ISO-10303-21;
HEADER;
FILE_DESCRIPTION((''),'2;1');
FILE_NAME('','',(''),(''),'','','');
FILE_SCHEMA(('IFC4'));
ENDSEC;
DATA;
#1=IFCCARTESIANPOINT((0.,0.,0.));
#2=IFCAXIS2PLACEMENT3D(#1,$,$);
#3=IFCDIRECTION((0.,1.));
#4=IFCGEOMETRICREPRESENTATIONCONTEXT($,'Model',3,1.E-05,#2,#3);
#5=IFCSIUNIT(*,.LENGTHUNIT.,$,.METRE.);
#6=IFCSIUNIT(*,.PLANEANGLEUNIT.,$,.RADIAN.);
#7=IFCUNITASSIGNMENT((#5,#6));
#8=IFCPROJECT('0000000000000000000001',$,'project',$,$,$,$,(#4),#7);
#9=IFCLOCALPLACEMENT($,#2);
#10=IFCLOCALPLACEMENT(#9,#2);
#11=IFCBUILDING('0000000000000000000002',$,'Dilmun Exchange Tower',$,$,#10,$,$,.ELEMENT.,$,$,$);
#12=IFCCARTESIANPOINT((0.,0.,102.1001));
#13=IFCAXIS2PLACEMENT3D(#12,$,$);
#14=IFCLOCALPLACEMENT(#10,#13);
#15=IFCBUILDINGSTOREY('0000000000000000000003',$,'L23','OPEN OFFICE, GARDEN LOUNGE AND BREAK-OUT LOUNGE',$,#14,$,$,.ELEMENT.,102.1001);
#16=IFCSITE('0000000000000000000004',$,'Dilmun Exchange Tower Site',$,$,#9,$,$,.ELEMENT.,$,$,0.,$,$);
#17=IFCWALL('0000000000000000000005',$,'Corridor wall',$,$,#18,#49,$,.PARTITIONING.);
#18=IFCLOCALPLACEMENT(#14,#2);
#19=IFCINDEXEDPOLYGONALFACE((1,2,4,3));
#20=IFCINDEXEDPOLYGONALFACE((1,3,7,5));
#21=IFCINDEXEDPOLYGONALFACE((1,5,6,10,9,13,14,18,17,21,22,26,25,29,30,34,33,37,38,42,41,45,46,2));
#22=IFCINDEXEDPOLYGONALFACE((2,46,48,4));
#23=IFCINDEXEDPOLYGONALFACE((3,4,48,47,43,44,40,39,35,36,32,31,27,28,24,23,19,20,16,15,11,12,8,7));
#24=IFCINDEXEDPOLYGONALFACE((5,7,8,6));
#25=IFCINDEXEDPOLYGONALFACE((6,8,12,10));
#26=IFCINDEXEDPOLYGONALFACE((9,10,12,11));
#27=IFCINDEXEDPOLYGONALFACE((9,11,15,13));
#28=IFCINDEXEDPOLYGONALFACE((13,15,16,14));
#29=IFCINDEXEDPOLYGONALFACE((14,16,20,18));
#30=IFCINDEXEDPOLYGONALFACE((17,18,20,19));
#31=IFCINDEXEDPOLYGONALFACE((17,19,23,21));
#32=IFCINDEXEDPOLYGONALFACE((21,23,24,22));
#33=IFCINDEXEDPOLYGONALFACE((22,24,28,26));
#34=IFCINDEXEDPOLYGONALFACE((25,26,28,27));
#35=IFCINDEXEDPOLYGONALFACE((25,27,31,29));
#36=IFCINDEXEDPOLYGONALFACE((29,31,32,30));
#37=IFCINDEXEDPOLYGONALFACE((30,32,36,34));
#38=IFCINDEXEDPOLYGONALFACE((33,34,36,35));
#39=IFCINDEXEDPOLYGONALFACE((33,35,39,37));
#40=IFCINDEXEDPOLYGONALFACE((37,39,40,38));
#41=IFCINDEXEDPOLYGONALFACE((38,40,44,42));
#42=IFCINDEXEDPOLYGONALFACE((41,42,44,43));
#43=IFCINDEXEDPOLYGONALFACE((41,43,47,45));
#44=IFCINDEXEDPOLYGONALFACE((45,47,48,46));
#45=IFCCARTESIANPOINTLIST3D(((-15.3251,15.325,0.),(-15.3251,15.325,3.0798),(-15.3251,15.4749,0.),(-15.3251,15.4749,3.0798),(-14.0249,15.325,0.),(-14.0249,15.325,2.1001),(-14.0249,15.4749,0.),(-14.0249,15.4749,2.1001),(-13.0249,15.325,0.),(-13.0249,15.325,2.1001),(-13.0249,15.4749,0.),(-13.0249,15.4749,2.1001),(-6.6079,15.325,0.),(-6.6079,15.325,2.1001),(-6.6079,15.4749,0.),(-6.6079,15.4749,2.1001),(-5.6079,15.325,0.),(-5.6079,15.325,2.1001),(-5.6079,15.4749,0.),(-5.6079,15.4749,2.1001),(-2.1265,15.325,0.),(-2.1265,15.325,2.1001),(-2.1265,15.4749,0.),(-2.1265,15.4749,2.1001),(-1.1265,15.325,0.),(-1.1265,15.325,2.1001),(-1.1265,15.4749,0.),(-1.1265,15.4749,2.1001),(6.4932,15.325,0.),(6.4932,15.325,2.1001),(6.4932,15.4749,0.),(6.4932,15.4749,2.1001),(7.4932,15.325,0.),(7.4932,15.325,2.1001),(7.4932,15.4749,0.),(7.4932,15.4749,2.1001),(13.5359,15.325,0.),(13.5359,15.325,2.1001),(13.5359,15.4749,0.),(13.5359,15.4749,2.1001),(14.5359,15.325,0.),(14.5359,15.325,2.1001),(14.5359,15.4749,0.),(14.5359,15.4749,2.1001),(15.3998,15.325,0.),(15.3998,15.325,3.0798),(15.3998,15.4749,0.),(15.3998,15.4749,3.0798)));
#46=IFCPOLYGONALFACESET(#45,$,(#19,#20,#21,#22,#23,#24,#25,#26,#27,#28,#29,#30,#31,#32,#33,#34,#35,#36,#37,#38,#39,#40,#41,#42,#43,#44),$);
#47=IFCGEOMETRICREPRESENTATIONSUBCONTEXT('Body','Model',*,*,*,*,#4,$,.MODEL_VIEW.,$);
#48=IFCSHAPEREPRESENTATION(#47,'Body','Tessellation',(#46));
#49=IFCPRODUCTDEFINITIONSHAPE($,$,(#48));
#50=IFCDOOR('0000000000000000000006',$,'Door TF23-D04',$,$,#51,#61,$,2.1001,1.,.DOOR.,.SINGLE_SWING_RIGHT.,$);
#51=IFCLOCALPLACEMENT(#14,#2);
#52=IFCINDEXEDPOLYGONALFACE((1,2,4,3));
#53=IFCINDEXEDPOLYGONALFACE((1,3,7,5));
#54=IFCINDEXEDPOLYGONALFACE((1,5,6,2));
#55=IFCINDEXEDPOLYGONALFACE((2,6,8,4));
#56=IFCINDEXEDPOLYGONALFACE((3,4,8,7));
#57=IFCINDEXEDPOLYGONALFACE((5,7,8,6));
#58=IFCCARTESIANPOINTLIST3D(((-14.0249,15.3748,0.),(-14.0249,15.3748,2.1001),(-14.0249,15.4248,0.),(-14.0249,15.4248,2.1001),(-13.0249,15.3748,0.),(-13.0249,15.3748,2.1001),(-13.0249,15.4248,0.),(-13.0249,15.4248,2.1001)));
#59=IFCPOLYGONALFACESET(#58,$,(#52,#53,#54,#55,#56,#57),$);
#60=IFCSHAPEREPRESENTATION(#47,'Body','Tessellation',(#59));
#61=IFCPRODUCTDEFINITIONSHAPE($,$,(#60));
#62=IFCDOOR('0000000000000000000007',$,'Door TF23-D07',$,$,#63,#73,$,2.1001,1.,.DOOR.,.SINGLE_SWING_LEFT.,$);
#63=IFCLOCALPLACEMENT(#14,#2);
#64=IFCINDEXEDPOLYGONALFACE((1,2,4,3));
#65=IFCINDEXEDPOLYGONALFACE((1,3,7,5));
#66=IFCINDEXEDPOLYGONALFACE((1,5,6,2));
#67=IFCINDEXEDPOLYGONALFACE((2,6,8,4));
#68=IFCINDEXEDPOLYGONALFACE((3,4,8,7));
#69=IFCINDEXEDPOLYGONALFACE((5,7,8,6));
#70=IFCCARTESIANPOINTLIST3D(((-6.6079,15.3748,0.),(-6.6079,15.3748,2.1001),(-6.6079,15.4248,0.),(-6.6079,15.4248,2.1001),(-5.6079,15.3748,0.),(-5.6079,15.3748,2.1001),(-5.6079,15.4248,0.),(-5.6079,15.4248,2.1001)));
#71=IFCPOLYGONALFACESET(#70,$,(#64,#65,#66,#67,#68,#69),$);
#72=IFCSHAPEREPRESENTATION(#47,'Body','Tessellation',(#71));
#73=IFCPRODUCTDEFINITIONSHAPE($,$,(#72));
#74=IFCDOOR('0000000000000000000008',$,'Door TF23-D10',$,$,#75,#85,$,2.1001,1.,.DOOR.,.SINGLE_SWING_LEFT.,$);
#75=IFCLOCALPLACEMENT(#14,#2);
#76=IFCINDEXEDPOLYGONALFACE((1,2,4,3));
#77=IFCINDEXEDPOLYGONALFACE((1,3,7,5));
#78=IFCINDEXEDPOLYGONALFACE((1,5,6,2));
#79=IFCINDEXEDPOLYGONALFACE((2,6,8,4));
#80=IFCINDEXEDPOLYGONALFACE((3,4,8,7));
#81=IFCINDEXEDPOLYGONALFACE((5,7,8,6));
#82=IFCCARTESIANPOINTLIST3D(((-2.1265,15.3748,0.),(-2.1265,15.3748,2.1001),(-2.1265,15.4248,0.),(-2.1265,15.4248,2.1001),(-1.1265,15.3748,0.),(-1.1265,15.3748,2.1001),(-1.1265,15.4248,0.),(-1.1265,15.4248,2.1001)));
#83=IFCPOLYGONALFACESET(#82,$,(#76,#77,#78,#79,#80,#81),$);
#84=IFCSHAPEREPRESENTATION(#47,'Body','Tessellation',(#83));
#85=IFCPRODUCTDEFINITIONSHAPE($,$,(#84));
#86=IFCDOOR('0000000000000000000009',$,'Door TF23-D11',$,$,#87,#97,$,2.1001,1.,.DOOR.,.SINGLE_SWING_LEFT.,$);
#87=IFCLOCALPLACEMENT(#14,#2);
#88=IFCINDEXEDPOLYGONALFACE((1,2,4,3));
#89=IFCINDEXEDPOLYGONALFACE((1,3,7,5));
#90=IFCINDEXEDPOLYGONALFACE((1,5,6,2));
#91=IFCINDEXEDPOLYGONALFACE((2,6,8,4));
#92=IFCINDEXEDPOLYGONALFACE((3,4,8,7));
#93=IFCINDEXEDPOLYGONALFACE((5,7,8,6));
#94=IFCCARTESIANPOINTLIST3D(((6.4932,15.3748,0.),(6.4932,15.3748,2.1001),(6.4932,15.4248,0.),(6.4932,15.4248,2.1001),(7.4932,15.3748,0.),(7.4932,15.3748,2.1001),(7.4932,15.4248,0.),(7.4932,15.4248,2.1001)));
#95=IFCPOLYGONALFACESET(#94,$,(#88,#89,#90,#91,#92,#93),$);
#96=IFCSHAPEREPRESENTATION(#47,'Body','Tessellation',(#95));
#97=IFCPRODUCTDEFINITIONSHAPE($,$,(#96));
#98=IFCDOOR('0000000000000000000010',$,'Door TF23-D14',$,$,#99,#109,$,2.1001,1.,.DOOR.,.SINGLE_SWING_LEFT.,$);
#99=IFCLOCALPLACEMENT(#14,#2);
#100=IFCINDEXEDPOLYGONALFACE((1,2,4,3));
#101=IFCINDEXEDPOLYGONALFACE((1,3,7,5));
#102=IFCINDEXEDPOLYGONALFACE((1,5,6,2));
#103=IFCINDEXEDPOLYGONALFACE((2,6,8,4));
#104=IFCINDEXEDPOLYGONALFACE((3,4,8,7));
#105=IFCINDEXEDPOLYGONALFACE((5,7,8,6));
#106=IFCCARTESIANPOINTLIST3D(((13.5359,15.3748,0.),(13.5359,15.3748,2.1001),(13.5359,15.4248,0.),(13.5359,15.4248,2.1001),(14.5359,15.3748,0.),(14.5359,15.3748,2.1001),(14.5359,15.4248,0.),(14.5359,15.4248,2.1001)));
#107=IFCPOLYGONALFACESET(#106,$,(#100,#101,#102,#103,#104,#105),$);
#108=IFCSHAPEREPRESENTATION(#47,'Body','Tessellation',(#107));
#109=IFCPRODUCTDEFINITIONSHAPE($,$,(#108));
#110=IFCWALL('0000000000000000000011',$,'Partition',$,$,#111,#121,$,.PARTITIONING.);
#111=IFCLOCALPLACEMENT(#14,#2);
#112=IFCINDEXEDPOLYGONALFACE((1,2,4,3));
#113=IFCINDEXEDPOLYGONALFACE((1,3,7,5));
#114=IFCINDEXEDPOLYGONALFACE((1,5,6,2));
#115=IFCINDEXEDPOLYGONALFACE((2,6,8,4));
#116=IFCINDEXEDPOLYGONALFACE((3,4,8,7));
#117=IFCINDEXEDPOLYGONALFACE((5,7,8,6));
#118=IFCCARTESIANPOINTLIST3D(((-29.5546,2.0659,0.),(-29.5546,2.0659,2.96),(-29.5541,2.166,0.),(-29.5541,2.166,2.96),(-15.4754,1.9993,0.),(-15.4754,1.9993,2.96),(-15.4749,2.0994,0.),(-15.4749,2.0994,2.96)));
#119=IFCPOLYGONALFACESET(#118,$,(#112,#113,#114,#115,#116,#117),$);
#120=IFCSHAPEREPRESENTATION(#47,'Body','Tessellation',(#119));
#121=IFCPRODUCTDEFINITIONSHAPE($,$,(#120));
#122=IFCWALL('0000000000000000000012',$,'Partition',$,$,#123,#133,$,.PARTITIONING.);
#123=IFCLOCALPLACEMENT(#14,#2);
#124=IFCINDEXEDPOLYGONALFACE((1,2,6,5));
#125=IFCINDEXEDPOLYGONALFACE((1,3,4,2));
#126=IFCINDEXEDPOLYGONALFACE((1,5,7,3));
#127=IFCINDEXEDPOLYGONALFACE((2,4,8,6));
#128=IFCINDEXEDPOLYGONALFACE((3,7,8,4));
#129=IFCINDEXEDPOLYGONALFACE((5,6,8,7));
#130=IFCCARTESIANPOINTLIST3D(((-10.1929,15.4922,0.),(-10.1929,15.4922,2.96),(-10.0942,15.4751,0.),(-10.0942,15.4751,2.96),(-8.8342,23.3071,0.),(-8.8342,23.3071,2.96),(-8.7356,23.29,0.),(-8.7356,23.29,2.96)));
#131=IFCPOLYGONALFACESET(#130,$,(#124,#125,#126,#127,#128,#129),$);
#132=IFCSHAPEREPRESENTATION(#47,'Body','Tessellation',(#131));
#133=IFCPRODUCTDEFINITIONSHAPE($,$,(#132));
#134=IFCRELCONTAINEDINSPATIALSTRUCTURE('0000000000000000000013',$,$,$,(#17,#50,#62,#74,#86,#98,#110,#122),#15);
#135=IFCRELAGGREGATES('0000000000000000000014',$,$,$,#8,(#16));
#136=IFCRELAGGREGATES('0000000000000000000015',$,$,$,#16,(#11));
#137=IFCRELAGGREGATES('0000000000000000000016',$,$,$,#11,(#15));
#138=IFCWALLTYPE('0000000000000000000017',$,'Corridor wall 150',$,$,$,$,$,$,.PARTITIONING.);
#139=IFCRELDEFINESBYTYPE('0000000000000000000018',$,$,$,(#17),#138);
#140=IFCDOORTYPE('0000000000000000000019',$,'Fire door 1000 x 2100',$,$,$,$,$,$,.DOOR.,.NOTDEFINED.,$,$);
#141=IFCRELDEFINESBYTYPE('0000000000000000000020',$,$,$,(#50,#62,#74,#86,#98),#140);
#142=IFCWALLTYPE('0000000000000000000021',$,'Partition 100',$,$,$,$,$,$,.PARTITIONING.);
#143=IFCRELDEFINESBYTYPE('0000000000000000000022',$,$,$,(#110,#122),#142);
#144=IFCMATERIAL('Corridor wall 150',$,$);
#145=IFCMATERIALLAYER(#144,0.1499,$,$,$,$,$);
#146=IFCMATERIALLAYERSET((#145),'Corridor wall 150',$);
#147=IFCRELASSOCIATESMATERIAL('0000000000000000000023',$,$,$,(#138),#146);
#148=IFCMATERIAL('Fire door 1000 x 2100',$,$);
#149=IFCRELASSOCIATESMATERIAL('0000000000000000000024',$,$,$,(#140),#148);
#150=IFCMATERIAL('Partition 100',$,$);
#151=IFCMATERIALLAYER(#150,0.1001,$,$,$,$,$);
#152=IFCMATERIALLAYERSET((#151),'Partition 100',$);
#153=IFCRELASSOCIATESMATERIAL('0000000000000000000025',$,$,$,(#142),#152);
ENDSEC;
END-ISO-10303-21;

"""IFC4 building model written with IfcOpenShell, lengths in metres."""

from ifc_helpers import new_model, si_unit, direction, frame, frame_2d, origin, place, context, subcontext, project, spatial, rectangle, extrude, material, layer, layer_set, type_object, element, fill, save


model = new_model("IFC4")

# Units and contexts
model_context = context("Model", 3, precision=1e-05, world=origin(), true_north=direction((0.0, 1.0)))
body_context = subcontext(model_context, "Body", "Model", "MODEL_VIEW")
ifc_project = project(units=[si_unit("LENGTHUNIT", "METRE"), si_unit("PLANEANGLEUNIT", "RADIAN")], contexts=[model_context])

# Site, building, storey
site_placement = place(None, origin())
site = spatial("IfcSite", under=ifc_project, at=site_placement, Name="Dilmun Exchange Tower Site", CompositionType="ELEMENT", RefElevation=0.0)
building_placement = place(site_placement, origin())
building = spatial("IfcBuilding", under=site, at=building_placement, Name="Dilmun Exchange Tower", CompositionType="ELEMENT")
storey_placement = place(building_placement, frame((0.0, 0.0, 102.1001)))
storey = spatial("IfcBuildingStorey", under=building, at=storey_placement, Name="L23", Description="OPEN OFFICE, GARDEN LOUNGE AND BREAK-OUT LOUNGE", CompositionType="ELEMENT", Elevation=102.1001)

# Wall, openings, doors
ifc_material_1 = material(Name="Corridor wall 150")
ifc_layer_1 = layer(ifc_material_1, 0.1499)
ifc_layer_set_1 = layer_set([ifc_layer_1], Name="Corridor wall 150")
wall_type_1 = type_object("IfcWallType", Name="Corridor wall 150", PredefinedType="PARTITIONING", material=ifc_layer_set_1)
wall_1_placement = place(storey_placement, frame((-15.325, 15.3999, 0.0), z_axis=(0.0, 0.0, 1.0), x_axis=(1.0, 0.0, 0.0)))
wall_1 = element("IfcWall", 1, at=wall_1_placement, inside=storey, type_object=wall_type_1, Name="Corridor wall", PredefinedType="PARTITIONING", context=body_context, shape_type="SweptSolid", body=[
    extrude(rectangle(XDim=30.7249, YDim=0.1499, at=frame_2d((15.3623, 0.0))), origin(), (0.0, 0.0, 1.0), 3.0798),
])
opening_1_placement = place(wall_1_placement, frame((1.3, 0.0, 0.0)))
opening_1 = element("IfcOpeningElement", 2, at=opening_1_placement, cuts=wall_1, PredefinedType="OPENING", context=body_context, shape_type="SweptSolid", body=[
    extrude(rectangle(XDim=1.0, YDim=2.1001, at=frame_2d((0.5, 1.05))), frame((0.0, 0.085, 0.0), z_axis=(0.0, -1.0, 0.0), x_axis=(1.0, 0.0, 0.0)), (0.0, 0.0, 1.0), 0.1699),
])
opening_2_placement = place(wall_1_placement, frame((8.717, 0.0, 0.0)))
opening_2 = element("IfcOpeningElement", 3, at=opening_2_placement, cuts=wall_1, PredefinedType="OPENING", context=body_context, shape_type="SweptSolid", body=[
    extrude(rectangle(XDim=1.0, YDim=2.1001, at=frame_2d((0.5, 1.05))), frame((0.0, 0.085, 0.0), z_axis=(0.0, -1.0, 0.0), x_axis=(1.0, 0.0, 0.0)), (0.0, 0.0, 1.0), 0.1699),
])
opening_3_placement = place(wall_1_placement, frame((13.1985, 0.0, 0.0)))
opening_3 = element("IfcOpeningElement", 4, at=opening_3_placement, cuts=wall_1, PredefinedType="OPENING", context=body_context, shape_type="SweptSolid", body=[
    extrude(rectangle(XDim=1.0, YDim=2.1001, at=frame_2d((0.5, 1.05))), frame((0.0, 0.085, 0.0), z_axis=(0.0, -1.0, 0.0), x_axis=(1.0, 0.0, 0.0)), (0.0, 0.0, 1.0), 0.1699),
])
opening_4_placement = place(wall_1_placement, frame((21.8181, 0.0, 0.0)))
opening_4 = element("IfcOpeningElement", 5, at=opening_4_placement, cuts=wall_1, PredefinedType="OPENING", context=body_context, shape_type="SweptSolid", body=[
    extrude(rectangle(XDim=1.0, YDim=2.1001, at=frame_2d((0.5, 1.05))), frame((0.0, 0.085, 0.0), z_axis=(0.0, -1.0, 0.0), x_axis=(1.0, 0.0, 0.0)), (0.0, 0.0, 1.0), 0.1699),
])
opening_5_placement = place(wall_1_placement, frame((28.8608, 0.0, 0.0)))
opening_5 = element("IfcOpeningElement", 6, at=opening_5_placement, cuts=wall_1, PredefinedType="OPENING", context=body_context, shape_type="SweptSolid", body=[
    extrude(rectangle(XDim=1.0, YDim=2.1001, at=frame_2d((0.5, 1.05))), frame((0.0, 0.085, 0.0), z_axis=(0.0, -1.0, 0.0), x_axis=(1.0, 0.0, 0.0)), (0.0, 0.0, 1.0), 0.1699),
])
ifc_material_2 = material(Name="Fire door 1000 x 2100")
door_type_1 = type_object("IfcDoorType", Name="Fire door 1000 x 2100", OperationType="NOTDEFINED", PredefinedType="DOOR", material=ifc_material_2)
door_1_placement = place(opening_1_placement, origin())
door_1 = element("IfcDoor", 7, at=door_1_placement, inside=storey, type_object=door_type_1, Name="Door TF23-D04", OperationType="SINGLE_SWING_RIGHT", OverallHeight=2.1001, OverallWidth=1.0, PredefinedType="DOOR", context=body_context, shape_type="SweptSolid", body=[
    extrude(rectangle(XDim=1.0, YDim=2.1001, at=frame_2d((0.5, 1.05))), frame((0.0, 0.0249, 0.0), z_axis=(0.0, -1.0, 0.0), x_axis=(1.0, 0.0, 0.0)), (0.0, 0.0, 1.0), 0.05),
])
fill(opening_1, door_1)
door_2_placement = place(opening_2_placement, origin())
door_2 = element("IfcDoor", 8, at=door_2_placement, inside=storey, type_object=door_type_1, Name="Door TF23-D07", OperationType="SINGLE_SWING_LEFT", OverallHeight=2.1001, OverallWidth=1.0, PredefinedType="DOOR", context=body_context, shape_type="SweptSolid", body=[
    extrude(rectangle(XDim=1.0, YDim=2.1001, at=frame_2d((0.5, 1.05))), frame((0.0, 0.0249, 0.0), z_axis=(0.0, -1.0, 0.0), x_axis=(1.0, 0.0, 0.0)), (0.0, 0.0, 1.0), 0.05),
])
fill(opening_2, door_2)
door_3_placement = place(opening_3_placement, origin())
door_3 = element("IfcDoor", 9, at=door_3_placement, inside=storey, type_object=door_type_1, Name="Door TF23-D10", OperationType="SINGLE_SWING_LEFT", OverallHeight=2.1001, OverallWidth=1.0, PredefinedType="DOOR", context=body_context, shape_type="SweptSolid", body=[
    extrude(rectangle(XDim=1.0, YDim=2.1001, at=frame_2d((0.5, 1.05))), frame((0.0, 0.0249, 0.0), z_axis=(0.0, -1.0, 0.0), x_axis=(1.0, 0.0, 0.0)), (0.0, 0.0, 1.0), 0.05),
])
fill(opening_3, door_3)
door_4_placement = place(opening_4_placement, origin())
door_4 = element("IfcDoor", 10, at=door_4_placement, inside=storey, type_object=door_type_1, Name="Door TF23-D11", OperationType="SINGLE_SWING_LEFT", OverallHeight=2.1001, OverallWidth=1.0, PredefinedType="DOOR", context=body_context, shape_type="SweptSolid", body=[
    extrude(rectangle(XDim=1.0, YDim=2.1001, at=frame_2d((0.5, 1.05))), frame((0.0, 0.0249, 0.0), z_axis=(0.0, -1.0, 0.0), x_axis=(1.0, 0.0, 0.0)), (0.0, 0.0, 1.0), 0.05),
])
fill(opening_4, door_4)
door_5_placement = place(opening_5_placement, origin())
door_5 = element("IfcDoor", 11, at=door_5_placement, inside=storey, type_object=door_type_1, Name="Door TF23-D14", OperationType="SINGLE_SWING_LEFT", OverallHeight=2.1001, OverallWidth=1.0, PredefinedType="DOOR", context=body_context, shape_type="SweptSolid", body=[
    extrude(rectangle(XDim=1.0, YDim=2.1001, at=frame_2d((0.5, 1.05))), frame((0.0, 0.0249, 0.0), z_axis=(0.0, -1.0, 0.0), x_axis=(1.0, 0.0, 0.0)), (0.0, 0.0, 1.0), 0.05),
])
fill(opening_5, door_5)

# Walls
ifc_material_3 = material(Name="Partition 100")
ifc_layer_2 = layer(ifc_material_3, 0.1001)
ifc_layer_set_2 = layer_set([ifc_layer_2], Name="Partition 100")
wall_type_2 = type_object("IfcWallType", Name="Partition 100", PredefinedType="PARTITIONING", material=ifc_layer_set_2)
wall_2_placement = place(storey_placement, frame((-29.5542, 2.116, 0.0), z_axis=(0.0, 0.0, 1.0), x_axis=(0.999989, -0.004734, 0.0)))
element("IfcWall", 12, at=wall_2_placement, inside=storey, type_object=wall_type_2, Name="Partition", PredefinedType="PARTITIONING", context=body_context, shape_type="SweptSolid", body=[
    extrude(rectangle(XDim=14.0793, YDim=0.1001, at=frame_2d((7.0396, 0.0))), origin(), (0.0, 0.0, 1.0), 2.96),
])
wall_3_placement = place(storey_placement, frame((-10.1436, 15.4836, 0.0), z_axis=(0.0, 0.0, 1.0), x_axis=(0.171283, 0.985222, 0.0)))
element("IfcWall", 13, at=wall_3_placement, inside=storey, type_object=wall_type_2, Name="Partition", PredefinedType="PARTITIONING", context=body_context, shape_type="SweptSolid", body=[
    extrude(rectangle(XDim=7.9321, YDim=0.1001, at=frame_2d((3.9661, 0.0))), origin(), (0.0, 0.0, 1.0), 2.96),
])

save(model, "model.ifc")
